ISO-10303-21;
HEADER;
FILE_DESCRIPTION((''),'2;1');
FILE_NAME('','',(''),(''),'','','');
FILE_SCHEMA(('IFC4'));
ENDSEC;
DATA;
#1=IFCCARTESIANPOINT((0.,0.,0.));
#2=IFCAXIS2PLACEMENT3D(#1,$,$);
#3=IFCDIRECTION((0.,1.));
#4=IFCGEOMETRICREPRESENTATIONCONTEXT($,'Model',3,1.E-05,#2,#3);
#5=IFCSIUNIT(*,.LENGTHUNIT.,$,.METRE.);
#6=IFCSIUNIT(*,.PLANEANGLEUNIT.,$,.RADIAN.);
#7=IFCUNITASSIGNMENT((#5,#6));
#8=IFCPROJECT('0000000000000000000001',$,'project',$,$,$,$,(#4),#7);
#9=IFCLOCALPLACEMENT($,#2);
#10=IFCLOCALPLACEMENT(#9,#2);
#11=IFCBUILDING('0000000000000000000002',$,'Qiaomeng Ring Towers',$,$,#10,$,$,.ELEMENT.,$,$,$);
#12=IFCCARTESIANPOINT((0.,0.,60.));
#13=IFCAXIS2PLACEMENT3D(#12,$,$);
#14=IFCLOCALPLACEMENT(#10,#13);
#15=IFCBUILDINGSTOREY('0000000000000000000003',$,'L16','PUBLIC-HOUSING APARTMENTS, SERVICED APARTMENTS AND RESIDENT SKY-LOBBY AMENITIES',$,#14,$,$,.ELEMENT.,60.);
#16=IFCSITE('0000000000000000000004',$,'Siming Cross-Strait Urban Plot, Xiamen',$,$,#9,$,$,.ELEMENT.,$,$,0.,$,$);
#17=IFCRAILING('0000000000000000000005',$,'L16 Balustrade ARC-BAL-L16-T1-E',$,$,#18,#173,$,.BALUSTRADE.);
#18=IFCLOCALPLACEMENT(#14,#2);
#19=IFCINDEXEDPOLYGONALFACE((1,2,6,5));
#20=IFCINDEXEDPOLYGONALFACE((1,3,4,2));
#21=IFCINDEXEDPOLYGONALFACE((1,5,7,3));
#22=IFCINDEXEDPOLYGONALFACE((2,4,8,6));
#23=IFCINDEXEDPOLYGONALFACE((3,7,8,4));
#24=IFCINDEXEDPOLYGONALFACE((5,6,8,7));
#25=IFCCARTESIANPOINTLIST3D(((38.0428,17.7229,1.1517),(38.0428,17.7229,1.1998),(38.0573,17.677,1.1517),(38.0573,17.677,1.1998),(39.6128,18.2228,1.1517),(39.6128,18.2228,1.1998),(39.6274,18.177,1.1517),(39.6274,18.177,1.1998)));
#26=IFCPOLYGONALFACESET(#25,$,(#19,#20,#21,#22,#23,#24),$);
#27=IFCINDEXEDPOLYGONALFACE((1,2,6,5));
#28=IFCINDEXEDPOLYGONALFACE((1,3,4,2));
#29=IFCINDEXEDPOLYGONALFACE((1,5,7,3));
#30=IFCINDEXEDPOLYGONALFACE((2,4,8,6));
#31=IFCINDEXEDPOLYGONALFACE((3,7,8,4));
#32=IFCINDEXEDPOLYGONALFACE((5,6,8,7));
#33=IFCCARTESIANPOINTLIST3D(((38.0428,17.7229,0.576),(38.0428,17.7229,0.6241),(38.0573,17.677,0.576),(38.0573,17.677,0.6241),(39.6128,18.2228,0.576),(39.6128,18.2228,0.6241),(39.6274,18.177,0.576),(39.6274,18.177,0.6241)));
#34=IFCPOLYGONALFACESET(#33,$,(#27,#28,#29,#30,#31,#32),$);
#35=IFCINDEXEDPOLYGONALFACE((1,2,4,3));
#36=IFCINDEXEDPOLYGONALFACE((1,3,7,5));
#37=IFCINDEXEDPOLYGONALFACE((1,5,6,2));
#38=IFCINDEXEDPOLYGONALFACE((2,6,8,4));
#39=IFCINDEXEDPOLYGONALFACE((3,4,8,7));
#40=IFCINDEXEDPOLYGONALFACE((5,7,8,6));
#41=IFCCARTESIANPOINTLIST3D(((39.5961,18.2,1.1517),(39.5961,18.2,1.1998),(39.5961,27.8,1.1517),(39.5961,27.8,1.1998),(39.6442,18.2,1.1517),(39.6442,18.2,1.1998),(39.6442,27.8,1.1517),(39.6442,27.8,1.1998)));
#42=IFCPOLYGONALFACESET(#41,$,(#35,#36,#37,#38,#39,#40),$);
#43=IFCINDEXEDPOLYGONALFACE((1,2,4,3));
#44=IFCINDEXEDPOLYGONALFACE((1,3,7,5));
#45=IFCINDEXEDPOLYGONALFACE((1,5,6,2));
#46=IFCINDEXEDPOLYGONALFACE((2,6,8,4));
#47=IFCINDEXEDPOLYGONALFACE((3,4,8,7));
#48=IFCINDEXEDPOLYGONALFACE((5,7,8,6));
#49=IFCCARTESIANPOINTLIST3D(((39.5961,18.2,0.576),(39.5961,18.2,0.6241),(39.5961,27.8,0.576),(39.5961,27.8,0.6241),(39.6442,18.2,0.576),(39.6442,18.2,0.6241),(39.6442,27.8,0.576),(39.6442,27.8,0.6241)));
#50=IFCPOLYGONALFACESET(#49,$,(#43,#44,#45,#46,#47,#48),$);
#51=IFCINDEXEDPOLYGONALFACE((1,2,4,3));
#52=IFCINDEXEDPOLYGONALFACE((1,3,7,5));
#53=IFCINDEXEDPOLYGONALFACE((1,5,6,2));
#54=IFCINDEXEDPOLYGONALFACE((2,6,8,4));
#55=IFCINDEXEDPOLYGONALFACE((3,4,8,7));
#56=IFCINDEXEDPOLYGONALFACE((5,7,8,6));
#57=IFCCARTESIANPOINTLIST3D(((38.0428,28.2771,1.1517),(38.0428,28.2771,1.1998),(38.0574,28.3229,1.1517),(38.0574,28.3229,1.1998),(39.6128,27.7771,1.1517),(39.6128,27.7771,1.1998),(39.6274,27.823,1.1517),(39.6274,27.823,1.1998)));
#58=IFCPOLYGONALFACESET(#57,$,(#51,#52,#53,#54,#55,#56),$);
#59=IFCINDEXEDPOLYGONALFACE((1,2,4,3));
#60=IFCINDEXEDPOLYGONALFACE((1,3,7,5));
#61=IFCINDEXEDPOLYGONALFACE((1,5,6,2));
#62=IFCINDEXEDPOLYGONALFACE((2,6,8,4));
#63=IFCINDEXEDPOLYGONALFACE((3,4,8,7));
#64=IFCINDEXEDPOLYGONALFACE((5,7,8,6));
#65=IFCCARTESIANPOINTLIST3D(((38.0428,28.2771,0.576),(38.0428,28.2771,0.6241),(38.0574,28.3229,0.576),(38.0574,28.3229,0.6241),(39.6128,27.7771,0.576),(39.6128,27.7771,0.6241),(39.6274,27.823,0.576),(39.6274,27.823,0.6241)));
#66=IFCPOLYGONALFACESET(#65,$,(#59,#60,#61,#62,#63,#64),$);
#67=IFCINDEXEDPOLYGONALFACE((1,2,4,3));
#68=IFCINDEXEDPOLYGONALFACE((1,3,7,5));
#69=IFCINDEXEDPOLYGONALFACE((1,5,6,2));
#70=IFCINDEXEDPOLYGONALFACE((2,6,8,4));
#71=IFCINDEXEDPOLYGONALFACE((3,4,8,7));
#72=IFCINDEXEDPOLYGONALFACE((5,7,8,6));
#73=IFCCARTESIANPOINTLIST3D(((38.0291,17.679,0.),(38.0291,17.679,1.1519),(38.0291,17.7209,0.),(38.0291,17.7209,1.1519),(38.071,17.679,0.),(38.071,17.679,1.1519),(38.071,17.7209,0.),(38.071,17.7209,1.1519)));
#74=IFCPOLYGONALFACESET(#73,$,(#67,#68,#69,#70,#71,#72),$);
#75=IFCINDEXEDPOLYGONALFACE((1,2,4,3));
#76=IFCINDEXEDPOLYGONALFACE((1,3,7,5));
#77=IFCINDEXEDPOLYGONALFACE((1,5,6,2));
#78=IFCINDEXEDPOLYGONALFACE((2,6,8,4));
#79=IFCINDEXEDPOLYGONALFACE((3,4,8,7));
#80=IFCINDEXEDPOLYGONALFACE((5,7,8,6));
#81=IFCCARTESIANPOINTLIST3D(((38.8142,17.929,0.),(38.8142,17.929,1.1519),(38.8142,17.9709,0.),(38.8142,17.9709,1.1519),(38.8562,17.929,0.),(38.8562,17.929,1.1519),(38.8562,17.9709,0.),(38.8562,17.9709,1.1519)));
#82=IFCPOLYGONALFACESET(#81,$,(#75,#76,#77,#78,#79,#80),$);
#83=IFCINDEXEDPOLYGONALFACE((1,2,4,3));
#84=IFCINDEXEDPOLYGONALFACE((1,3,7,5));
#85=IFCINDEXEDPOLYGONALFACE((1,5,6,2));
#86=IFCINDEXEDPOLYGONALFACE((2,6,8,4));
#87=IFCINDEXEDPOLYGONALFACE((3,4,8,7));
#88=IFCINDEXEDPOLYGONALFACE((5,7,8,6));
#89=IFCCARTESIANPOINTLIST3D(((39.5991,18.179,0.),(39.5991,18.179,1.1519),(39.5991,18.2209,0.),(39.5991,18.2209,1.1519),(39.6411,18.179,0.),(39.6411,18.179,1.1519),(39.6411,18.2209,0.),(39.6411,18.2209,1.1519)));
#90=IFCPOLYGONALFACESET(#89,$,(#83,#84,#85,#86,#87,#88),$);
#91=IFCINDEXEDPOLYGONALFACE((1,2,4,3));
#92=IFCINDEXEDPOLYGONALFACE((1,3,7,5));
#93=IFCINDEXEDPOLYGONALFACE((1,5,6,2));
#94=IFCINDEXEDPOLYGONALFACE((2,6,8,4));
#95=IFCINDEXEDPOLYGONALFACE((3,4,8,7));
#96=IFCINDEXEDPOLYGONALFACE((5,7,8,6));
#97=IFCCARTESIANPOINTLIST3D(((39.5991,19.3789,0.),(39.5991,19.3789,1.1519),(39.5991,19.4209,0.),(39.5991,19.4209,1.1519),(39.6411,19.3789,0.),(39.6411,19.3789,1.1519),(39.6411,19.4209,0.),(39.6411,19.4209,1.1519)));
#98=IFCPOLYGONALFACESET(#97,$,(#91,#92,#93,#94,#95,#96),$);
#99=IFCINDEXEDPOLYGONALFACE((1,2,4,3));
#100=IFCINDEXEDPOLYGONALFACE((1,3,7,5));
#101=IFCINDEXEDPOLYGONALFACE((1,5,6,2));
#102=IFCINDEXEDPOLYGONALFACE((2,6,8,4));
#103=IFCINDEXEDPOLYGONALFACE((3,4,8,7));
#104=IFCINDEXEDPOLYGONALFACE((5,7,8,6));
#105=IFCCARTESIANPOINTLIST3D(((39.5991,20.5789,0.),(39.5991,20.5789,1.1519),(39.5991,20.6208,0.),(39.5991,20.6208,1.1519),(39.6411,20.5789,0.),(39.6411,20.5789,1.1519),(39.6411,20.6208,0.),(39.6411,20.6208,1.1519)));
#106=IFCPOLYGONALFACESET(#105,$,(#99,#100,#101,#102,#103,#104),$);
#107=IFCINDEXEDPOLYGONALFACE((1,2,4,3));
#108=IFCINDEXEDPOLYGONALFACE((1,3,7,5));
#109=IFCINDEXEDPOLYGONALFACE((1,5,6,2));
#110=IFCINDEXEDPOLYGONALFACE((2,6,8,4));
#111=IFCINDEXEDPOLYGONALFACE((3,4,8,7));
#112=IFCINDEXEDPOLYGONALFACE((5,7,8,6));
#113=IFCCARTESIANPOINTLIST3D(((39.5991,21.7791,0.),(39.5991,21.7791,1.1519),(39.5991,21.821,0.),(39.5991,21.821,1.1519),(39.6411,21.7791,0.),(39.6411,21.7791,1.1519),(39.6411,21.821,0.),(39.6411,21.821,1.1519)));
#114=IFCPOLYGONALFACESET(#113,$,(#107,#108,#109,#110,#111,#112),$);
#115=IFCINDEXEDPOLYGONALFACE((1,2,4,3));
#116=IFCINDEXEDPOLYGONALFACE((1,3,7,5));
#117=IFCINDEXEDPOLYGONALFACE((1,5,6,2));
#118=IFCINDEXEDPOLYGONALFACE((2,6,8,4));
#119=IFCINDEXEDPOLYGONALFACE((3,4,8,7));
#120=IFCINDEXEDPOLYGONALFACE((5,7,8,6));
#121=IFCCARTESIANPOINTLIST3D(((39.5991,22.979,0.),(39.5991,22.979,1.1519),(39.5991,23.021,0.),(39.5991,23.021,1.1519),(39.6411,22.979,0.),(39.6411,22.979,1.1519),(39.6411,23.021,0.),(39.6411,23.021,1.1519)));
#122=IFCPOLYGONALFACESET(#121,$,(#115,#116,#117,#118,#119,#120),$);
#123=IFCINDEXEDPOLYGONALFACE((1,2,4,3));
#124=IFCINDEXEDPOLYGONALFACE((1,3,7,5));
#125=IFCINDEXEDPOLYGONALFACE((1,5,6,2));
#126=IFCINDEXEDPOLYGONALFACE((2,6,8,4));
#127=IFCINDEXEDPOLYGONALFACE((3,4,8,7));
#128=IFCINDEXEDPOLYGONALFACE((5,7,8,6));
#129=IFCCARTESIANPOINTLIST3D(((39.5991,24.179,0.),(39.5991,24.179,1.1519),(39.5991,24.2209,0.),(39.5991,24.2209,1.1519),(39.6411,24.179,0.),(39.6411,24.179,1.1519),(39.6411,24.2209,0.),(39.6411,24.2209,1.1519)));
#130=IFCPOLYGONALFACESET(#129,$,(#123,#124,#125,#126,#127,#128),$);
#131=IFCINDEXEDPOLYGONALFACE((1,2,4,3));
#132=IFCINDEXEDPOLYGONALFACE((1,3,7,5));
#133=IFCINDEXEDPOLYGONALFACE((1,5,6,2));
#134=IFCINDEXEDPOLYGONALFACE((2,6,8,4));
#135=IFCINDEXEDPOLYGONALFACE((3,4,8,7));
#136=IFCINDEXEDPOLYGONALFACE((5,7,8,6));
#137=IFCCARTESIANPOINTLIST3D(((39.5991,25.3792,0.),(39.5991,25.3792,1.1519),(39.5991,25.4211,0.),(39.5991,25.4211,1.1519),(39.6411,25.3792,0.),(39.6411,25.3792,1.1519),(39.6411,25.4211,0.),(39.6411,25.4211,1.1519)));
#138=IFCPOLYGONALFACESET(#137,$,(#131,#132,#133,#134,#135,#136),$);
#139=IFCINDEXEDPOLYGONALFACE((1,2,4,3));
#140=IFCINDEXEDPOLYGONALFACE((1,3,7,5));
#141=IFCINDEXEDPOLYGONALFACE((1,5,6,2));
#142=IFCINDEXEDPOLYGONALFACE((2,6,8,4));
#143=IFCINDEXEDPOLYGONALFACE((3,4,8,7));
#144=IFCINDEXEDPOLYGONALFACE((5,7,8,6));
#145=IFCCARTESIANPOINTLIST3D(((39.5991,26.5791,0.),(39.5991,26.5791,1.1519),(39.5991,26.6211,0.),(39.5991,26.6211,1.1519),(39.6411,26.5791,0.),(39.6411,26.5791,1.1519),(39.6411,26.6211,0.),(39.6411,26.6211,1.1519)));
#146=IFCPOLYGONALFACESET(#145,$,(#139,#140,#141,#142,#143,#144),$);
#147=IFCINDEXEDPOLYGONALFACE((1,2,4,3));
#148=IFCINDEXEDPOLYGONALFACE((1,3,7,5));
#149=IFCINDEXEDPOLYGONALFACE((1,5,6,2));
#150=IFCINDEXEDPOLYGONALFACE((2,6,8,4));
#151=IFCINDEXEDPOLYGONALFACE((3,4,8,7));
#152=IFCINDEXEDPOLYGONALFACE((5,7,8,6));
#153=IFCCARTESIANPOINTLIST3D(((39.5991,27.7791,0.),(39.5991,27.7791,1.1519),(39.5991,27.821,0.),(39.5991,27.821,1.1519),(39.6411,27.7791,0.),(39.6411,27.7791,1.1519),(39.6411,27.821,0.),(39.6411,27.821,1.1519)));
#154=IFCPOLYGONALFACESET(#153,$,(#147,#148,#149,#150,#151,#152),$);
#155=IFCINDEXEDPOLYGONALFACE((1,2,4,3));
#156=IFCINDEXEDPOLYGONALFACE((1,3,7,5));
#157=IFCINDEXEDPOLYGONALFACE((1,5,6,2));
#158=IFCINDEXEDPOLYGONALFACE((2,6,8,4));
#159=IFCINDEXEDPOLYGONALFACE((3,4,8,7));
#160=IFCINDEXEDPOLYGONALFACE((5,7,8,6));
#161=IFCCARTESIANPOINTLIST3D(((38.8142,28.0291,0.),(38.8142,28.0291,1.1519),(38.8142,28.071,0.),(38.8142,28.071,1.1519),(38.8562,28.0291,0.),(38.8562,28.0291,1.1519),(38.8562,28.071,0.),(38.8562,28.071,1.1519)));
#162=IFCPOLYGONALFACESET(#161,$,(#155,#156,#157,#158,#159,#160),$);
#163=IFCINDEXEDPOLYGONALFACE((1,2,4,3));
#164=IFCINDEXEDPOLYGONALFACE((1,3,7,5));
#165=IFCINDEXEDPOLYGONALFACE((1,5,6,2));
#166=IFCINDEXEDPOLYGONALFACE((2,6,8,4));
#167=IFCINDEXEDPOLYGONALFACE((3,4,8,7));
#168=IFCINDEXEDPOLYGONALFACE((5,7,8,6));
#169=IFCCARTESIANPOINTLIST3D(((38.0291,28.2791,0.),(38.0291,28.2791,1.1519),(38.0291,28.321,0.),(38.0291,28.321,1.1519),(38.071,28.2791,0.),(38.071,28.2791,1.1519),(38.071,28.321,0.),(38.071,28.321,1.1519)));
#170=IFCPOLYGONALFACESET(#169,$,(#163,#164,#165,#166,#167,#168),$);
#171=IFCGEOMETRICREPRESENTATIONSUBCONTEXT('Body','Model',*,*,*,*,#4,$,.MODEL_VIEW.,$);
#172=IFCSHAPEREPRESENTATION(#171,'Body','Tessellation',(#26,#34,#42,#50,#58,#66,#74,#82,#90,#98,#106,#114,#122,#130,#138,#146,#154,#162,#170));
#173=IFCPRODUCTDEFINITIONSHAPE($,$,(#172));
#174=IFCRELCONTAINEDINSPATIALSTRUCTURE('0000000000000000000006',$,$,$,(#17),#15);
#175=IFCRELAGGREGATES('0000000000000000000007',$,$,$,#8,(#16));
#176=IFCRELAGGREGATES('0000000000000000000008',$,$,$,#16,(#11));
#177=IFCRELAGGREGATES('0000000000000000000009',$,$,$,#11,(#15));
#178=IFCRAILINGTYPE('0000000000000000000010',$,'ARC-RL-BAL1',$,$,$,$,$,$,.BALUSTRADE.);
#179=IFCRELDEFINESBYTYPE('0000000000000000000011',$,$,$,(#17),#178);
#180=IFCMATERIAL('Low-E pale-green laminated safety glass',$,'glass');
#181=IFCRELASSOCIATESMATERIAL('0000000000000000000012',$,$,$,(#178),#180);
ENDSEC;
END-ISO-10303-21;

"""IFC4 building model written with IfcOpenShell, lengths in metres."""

from ifc_helpers import new_model, si_unit, direction, frame, origin, origin_2d, place, context, subcontext, project, spatial, rectangle, extrude, material, type_object, element, save


model = new_model("IFC4")

# Units and contexts
model_context = context("Model", 3, precision=1e-05, world=origin(), true_north=direction((0.0, 1.0)))
body_context = subcontext(model_context, "Body", "Model", "MODEL_VIEW")
ifc_project = project(units=[si_unit("LENGTHUNIT", "METRE"), si_unit("PLANEANGLEUNIT", "RADIAN")], contexts=[model_context])

# Site, building, storey
site_placement = place(None, origin())
site = spatial("IfcSite", under=ifc_project, at=site_placement, Name="Siming Cross-Strait Urban Plot, Xiamen", CompositionType="ELEMENT", RefElevation=0.0)
building_placement = place(site_placement, origin())
building = spatial("IfcBuilding", under=site, at=building_placement, Name="Qiaomeng Ring Towers", CompositionType="ELEMENT")
storey_placement = place(building_placement, frame((0.0, 0.0, 60.0)))
storey = spatial("IfcBuildingStorey", under=building, at=storey_placement, Name="L16", Description="PUBLIC-HOUSING APARTMENTS, SERVICED APARTMENTS AND RESIDENT SKY-LOBBY AMENITIES", CompositionType="ELEMENT", Elevation=60.0)

# Railing
ifc_material_1 = material(Name="Low-E pale-green laminated safety glass", Category="glass")
railing_type = type_object("IfcRailingType", Name="ARC-RL-BAL1", PredefinedType="BALUSTRADE", material=ifc_material_1)
railing_1_placement = place(storey_placement, frame((38.05, 17.7, 0.0)))
element("IfcRailing", 1, at=railing_1_placement, inside=storey, type_object=railing_type, Name="L16 Balustrade ARC-BAL-L16-T1-E", PredefinedType="BALUSTRADE", context=body_context, shape_type="SweptSolid", body=[
    extrude(rectangle(XDim=0.0481, YDim=0.0481, at=origin_2d()), frame((0.0, 0.0, 1.1758), z_axis=(0.95285, 0.303442, 0.0), x_axis=(-0.303442, 0.95285, 0.0)), (0.0, 0.0, 1.0), 1.6477),
    extrude(rectangle(XDim=0.0481, YDim=0.0481, at=origin_2d()), frame((0.0, 0.0, 0.6001), z_axis=(0.95285, 0.303442, 0.0), x_axis=(-0.303442, 0.95285, 0.0)), (0.0, 0.0, 1.0), 1.6477),
    extrude(rectangle(XDim=0.0481, YDim=0.0481, at=origin_2d()), frame((1.5701, 0.5, 1.1758), z_axis=(0.0, 1.0, 0.0), x_axis=(-1.0, 0.0, 0.0)), (0.0, 0.0, 1.0), 9.6001),
    extrude(rectangle(XDim=0.0481, YDim=0.0481, at=origin_2d()), frame((1.5701, 0.5, 0.6001), z_axis=(0.0, 1.0, 0.0), x_axis=(-1.0, 0.0, 0.0)), (0.0, 0.0, 1.0), 9.6001),
    extrude(rectangle(XDim=0.0481, YDim=0.0481, at=origin_2d()), frame((1.5701, 10.1001, 1.1758), z_axis=(-0.95285, 0.303442, 0.0), x_axis=(-0.303442, -0.95285, 0.0)), (0.0, 0.0, 1.0), 1.6477),
    extrude(rectangle(XDim=0.0481, YDim=0.0481, at=origin_2d()), frame((1.5701, 10.1001, 0.6001), z_axis=(-0.95285, 0.303442, 0.0), x_axis=(-0.303442, -0.95285, 0.0)), (0.0, 0.0, 1.0), 1.6477),
    extrude(rectangle(XDim=0.042, YDim=0.042, at=origin_2d()), origin(), (0.0, 0.0, 1.0), 1.1519),
    extrude(rectangle(XDim=0.042, YDim=0.042, at=origin_2d()), frame((0.7852, 0.25, 0.0)), (0.0, 0.0, 1.0), 1.1519),
    extrude(rectangle(XDim=0.042, YDim=0.042, at=origin_2d()), frame((1.5701, 0.5, 0.0)), (0.0, 0.0, 1.0), 1.1519),
    extrude(rectangle(XDim=0.042, YDim=0.042, at=origin_2d()), frame((1.5701, 1.7, 0.0)), (0.0, 0.0, 1.0), 1.1519),
    extrude(rectangle(XDim=0.042, YDim=0.042, at=origin_2d()), frame((1.5701, 2.8999, 0.0)), (0.0, 0.0, 1.0), 1.1519),
    extrude(rectangle(XDim=0.042, YDim=0.042, at=origin_2d()), frame((1.5701, 4.1001, 0.0)), (0.0, 0.0, 1.0), 1.1519),
    extrude(rectangle(XDim=0.042, YDim=0.042, at=origin_2d()), frame((1.5701, 5.3, 0.0)), (0.0, 0.0, 1.0), 1.1519),
    extrude(rectangle(XDim=0.042, YDim=0.042, at=origin_2d()), frame((1.5701, 6.5, 0.0)), (0.0, 0.0, 1.0), 1.1519),
    extrude(rectangle(XDim=0.042, YDim=0.042, at=origin_2d()), frame((1.5701, 7.7002, 0.0)), (0.0, 0.0, 1.0), 1.1519),
    extrude(rectangle(XDim=0.042, YDim=0.042, at=origin_2d()), frame((1.5701, 8.9001, 0.0)), (0.0, 0.0, 1.0), 1.1519),
    extrude(rectangle(XDim=0.042, YDim=0.042, at=origin_2d()), frame((1.5701, 10.1001, 0.0)), (0.0, 0.0, 1.0), 1.1519),
    extrude(rectangle(XDim=0.042, YDim=0.042, at=origin_2d()), frame((0.7852, 10.3501, 0.0)), (0.0, 0.0, 1.0), 1.1519),
    extrude(rectangle(XDim=0.042, YDim=0.042, at=origin_2d()), frame((0.0, 10.6001, 0.0)), (0.0, 0.0, 1.0), 1.1519),
])

save(model, "model.ifc")
